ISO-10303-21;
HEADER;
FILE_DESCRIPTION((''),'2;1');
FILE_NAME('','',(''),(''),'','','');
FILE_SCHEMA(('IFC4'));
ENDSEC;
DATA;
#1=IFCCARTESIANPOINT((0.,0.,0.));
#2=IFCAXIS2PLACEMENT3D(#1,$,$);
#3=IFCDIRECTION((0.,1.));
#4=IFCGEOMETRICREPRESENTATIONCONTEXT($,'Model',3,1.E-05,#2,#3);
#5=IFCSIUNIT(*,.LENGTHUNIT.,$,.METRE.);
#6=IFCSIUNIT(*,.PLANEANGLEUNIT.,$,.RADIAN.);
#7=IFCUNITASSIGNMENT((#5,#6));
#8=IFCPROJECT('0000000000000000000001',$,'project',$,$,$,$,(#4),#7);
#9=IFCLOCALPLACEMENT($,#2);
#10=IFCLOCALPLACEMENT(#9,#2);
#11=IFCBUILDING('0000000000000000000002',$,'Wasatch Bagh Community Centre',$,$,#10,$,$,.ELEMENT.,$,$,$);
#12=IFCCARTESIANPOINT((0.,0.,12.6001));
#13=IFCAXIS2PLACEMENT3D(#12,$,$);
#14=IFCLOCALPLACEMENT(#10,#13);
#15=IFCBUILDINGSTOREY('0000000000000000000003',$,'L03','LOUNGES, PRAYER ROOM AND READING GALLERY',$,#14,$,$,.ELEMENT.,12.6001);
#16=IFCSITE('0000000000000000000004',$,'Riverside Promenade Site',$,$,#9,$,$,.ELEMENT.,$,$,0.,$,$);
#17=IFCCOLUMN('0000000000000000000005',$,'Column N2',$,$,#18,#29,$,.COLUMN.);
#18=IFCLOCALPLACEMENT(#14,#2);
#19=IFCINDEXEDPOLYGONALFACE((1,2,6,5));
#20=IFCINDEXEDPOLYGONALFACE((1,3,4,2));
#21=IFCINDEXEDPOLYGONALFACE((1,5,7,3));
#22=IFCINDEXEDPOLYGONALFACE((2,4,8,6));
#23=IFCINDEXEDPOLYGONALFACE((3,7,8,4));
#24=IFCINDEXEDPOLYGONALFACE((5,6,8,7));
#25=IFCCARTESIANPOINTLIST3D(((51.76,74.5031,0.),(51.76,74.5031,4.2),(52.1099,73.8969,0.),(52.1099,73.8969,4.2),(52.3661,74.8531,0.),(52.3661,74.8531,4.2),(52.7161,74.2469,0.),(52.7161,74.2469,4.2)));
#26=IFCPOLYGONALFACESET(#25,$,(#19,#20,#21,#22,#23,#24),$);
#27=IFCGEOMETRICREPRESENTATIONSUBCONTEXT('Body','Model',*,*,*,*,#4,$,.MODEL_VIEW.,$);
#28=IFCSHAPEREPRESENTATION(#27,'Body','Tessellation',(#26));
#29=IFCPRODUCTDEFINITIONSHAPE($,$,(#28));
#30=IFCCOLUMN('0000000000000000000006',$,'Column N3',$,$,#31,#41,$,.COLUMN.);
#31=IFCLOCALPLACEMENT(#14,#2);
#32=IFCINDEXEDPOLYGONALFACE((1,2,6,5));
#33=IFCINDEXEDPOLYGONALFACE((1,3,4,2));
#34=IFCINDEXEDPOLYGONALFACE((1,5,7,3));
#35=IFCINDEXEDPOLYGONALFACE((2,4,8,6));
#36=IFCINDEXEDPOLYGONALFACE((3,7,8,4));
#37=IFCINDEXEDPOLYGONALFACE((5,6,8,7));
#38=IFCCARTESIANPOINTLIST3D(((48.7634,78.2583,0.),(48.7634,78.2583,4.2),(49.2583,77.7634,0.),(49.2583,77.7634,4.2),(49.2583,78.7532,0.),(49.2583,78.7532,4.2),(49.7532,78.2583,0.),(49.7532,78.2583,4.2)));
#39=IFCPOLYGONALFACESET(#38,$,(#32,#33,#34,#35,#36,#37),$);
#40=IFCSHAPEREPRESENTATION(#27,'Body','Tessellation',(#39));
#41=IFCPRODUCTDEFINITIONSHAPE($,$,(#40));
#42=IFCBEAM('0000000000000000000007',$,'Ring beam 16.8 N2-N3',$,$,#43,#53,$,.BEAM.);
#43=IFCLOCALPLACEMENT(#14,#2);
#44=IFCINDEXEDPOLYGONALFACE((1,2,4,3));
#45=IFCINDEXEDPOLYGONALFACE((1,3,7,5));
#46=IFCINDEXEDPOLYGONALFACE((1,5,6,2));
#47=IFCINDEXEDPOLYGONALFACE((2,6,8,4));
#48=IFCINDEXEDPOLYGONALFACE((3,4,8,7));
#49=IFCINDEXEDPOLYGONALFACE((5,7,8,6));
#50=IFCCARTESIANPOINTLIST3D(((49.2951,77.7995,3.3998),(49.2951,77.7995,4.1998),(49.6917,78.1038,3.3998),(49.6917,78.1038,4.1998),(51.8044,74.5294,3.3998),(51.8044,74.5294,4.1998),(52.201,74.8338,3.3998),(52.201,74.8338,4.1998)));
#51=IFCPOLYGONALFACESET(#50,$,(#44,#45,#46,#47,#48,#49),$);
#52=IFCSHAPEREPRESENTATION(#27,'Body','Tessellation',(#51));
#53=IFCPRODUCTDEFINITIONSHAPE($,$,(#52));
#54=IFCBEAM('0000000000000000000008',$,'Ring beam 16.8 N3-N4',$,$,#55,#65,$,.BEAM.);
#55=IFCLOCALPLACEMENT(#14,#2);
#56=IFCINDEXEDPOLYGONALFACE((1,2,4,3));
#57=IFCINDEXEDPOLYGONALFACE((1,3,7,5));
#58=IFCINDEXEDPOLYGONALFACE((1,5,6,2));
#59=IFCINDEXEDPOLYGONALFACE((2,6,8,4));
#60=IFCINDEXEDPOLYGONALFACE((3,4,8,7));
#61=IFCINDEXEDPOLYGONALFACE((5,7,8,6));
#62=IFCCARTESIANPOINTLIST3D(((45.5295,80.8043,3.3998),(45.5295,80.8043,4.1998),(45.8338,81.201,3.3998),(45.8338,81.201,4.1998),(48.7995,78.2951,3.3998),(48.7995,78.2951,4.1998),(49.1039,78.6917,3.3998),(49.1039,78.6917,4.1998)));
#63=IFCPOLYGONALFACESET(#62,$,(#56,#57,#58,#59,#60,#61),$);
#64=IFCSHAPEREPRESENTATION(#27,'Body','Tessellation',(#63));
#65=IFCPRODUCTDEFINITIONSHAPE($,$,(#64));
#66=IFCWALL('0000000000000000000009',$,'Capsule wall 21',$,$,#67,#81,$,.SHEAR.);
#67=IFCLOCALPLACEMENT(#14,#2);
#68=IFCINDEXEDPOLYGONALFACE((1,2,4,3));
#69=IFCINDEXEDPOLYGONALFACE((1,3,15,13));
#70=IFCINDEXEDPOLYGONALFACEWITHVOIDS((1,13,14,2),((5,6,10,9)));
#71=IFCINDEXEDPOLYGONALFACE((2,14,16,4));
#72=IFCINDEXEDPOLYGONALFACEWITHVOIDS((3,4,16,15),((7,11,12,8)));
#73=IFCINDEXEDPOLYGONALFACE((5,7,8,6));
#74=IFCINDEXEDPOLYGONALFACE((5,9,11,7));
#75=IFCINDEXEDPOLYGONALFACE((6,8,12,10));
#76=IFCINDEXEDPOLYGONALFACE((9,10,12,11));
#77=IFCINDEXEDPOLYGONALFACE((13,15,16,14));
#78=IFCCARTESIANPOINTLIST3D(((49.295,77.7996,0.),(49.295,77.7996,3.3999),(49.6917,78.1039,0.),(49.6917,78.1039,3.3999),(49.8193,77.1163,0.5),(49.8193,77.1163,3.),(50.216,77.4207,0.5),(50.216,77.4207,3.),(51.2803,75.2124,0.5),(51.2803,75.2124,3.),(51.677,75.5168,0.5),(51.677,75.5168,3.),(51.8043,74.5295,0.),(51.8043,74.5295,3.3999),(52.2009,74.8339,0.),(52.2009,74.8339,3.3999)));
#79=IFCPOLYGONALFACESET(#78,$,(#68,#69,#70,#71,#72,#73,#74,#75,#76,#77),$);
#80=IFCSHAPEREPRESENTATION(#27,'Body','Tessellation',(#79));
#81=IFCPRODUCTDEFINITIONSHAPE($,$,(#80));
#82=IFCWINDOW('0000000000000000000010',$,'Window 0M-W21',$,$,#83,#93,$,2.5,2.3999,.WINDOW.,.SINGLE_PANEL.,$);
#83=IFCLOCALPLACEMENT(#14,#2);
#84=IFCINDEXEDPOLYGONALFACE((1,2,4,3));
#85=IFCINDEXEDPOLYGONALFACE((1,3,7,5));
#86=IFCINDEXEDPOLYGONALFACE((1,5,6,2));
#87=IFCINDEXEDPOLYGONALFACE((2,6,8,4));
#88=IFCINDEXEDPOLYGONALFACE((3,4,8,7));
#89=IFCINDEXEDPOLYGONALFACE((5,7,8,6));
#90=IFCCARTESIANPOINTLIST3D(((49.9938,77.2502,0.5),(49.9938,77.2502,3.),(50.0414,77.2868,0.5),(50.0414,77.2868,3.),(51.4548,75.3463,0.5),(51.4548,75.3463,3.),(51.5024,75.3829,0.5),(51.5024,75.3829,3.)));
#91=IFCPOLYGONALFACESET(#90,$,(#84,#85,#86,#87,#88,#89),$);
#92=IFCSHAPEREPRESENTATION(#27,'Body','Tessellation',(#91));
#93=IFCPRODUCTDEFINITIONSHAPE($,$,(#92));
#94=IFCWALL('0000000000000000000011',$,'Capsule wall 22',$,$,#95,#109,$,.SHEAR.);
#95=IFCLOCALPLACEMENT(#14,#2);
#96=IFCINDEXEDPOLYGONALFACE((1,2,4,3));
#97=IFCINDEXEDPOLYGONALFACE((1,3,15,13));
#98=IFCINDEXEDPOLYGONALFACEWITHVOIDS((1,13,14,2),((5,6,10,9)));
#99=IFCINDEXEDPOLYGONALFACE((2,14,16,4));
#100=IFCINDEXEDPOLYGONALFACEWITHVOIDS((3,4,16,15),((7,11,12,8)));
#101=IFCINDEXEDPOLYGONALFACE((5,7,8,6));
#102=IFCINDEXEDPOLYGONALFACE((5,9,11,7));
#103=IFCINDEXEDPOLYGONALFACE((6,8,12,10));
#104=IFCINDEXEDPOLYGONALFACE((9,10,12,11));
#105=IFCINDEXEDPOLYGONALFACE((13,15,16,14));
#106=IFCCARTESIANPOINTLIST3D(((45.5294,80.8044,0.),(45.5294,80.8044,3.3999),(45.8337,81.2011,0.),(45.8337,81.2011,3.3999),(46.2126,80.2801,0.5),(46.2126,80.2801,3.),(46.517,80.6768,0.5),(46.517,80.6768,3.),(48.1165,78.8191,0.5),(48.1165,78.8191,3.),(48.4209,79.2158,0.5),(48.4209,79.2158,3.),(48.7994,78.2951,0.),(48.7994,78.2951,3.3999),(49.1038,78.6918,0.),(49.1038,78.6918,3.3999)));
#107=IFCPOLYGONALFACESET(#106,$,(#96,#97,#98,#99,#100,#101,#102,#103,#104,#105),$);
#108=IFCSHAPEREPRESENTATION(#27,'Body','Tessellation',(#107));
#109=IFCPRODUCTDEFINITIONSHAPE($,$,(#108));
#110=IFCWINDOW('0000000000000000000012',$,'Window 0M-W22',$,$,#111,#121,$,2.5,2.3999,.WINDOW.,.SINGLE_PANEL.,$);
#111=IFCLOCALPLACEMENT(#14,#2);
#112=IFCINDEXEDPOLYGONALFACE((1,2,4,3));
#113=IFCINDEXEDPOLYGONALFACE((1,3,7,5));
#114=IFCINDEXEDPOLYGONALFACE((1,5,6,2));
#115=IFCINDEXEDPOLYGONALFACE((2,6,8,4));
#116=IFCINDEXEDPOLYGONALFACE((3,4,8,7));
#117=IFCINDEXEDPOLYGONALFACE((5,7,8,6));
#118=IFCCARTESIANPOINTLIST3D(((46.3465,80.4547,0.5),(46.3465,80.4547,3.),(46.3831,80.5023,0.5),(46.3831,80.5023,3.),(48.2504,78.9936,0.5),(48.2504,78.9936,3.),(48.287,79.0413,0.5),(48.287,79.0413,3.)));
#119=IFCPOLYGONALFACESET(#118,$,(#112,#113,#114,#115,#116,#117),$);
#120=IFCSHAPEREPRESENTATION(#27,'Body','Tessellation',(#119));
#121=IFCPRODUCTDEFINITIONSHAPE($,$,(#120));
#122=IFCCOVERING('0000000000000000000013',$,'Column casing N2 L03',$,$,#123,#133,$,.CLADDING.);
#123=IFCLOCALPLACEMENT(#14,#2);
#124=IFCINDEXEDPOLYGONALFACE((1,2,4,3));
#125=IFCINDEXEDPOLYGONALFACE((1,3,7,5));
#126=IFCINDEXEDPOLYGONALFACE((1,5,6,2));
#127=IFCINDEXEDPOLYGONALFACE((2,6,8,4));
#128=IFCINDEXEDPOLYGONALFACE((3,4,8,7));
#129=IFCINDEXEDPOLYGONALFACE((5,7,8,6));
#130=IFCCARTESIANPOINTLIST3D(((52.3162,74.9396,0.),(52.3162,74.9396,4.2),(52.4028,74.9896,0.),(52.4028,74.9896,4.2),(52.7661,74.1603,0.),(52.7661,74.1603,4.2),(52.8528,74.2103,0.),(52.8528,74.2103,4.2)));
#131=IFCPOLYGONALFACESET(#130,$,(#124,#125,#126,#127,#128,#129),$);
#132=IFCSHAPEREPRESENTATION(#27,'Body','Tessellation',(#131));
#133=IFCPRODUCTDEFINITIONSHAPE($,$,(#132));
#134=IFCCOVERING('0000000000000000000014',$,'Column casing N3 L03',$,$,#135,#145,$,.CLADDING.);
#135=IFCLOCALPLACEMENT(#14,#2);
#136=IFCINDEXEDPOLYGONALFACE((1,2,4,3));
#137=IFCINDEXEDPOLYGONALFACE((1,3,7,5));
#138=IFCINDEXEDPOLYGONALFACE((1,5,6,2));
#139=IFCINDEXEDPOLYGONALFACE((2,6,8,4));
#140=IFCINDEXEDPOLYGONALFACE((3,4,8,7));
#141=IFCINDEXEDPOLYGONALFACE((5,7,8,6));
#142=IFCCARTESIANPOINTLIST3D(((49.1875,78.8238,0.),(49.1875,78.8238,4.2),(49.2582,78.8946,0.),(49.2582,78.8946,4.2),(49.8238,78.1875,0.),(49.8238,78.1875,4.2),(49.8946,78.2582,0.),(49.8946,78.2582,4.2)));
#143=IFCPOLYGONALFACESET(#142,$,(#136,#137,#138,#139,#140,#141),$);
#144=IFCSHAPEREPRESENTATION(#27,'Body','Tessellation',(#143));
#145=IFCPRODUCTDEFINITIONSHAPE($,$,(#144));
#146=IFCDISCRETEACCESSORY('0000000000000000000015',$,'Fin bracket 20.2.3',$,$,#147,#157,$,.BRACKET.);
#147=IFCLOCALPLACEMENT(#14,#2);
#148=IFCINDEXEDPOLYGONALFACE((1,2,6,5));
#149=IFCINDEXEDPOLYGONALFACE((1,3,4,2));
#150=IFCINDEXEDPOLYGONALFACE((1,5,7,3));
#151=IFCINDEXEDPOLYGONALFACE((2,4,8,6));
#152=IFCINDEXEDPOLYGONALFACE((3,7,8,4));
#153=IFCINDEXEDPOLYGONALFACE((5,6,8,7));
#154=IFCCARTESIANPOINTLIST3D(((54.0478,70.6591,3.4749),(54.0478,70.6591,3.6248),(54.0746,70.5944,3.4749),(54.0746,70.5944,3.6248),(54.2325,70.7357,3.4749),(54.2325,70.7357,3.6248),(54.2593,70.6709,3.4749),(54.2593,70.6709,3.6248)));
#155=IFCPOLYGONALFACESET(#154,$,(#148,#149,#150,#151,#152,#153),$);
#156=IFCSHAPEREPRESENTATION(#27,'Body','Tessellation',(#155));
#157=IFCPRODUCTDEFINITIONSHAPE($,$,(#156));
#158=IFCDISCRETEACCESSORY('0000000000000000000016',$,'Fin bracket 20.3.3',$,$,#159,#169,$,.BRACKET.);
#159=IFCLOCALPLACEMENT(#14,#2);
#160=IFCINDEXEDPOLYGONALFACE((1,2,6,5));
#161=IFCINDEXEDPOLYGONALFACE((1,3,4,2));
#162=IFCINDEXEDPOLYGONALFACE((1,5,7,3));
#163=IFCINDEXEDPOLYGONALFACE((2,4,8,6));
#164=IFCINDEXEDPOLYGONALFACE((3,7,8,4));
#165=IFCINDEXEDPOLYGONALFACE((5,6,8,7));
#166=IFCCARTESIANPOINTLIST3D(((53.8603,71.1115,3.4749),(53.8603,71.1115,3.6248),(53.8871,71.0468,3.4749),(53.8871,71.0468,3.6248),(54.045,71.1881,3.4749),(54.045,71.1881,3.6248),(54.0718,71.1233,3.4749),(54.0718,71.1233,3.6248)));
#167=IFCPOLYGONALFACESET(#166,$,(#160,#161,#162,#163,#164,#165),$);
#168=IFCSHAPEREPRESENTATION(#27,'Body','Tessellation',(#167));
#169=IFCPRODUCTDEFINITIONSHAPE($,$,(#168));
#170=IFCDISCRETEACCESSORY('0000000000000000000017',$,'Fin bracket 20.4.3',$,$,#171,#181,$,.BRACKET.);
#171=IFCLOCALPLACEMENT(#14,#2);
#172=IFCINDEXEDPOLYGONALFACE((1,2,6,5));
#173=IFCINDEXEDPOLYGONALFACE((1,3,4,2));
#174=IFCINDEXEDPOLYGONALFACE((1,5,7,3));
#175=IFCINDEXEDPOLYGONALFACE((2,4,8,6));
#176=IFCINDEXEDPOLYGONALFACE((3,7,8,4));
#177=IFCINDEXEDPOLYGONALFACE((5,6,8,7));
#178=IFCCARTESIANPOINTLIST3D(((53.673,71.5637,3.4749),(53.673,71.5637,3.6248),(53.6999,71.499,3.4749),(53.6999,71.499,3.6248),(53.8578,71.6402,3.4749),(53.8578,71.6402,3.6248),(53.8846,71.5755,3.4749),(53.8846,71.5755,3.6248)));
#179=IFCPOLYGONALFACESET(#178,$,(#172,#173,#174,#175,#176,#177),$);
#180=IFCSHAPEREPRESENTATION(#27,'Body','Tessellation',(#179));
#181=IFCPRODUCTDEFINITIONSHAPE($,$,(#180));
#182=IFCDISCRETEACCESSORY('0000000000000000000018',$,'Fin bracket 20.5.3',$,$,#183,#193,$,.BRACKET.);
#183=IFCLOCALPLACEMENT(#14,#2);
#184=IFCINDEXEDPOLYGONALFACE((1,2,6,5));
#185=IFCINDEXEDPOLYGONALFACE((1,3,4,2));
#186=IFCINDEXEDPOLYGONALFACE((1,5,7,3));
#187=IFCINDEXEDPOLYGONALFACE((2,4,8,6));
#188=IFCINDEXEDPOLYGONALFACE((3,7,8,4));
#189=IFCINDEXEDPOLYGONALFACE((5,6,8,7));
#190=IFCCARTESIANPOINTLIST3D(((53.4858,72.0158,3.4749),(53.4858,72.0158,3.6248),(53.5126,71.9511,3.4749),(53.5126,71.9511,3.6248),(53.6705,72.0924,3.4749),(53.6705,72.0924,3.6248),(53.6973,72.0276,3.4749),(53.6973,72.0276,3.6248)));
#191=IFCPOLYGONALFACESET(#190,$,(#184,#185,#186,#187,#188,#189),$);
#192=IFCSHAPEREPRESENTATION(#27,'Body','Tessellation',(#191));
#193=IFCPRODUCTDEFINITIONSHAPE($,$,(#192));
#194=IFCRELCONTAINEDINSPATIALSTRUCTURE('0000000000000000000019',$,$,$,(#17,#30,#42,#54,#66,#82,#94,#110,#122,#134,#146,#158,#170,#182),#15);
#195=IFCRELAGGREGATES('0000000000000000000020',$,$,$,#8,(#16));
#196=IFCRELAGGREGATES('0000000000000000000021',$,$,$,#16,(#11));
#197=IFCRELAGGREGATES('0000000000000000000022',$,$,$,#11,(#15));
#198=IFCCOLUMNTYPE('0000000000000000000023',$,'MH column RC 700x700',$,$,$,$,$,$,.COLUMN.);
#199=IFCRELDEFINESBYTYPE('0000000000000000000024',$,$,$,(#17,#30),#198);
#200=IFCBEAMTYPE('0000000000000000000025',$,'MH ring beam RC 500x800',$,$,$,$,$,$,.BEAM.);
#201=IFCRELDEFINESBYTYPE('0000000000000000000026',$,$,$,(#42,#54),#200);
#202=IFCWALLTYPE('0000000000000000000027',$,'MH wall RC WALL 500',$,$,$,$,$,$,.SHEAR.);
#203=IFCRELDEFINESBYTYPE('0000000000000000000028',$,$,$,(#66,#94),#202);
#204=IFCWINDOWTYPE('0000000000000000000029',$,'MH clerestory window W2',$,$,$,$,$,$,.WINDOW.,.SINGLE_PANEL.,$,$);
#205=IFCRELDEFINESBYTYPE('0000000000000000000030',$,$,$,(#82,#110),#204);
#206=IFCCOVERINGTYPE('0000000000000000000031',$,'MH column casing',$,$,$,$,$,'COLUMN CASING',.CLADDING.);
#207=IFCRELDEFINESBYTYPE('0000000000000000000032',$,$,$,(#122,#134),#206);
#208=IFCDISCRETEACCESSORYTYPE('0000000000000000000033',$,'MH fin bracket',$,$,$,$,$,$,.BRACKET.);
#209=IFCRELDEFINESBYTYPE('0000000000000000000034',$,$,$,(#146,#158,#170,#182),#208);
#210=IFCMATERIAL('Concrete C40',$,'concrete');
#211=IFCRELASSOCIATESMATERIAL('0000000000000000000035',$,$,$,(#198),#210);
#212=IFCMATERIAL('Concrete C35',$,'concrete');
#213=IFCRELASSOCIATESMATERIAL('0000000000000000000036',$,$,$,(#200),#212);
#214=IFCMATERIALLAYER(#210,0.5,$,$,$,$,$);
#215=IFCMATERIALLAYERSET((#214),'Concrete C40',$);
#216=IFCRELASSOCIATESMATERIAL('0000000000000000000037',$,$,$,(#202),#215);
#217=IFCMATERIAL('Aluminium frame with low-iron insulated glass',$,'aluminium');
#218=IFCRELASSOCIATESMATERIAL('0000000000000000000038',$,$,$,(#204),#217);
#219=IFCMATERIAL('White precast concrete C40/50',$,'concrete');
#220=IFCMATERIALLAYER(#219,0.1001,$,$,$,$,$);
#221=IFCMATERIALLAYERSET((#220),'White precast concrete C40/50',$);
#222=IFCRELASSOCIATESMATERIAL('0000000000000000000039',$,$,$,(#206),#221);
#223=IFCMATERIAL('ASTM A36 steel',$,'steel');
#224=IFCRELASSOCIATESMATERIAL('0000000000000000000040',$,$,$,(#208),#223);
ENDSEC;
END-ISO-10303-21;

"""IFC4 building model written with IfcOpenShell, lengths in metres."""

from ifc_helpers import new_model, si_unit, direction, frame, frame_2d, origin, origin_2d, place, context, subcontext, project, spatial, rectangle, extrude, material, layer, layer_set, material_profile, profile_set, type_object, element, fill, save


model = new_model("IFC4")

# Units and contexts
model_context = context("Model", 3, precision=1e-05, world=origin(), true_north=direction((0.0, 1.0)))
body_context = subcontext(model_context, "Body", "Model", "MODEL_VIEW")
ifc_project = project(units=[si_unit("LENGTHUNIT", "METRE"), si_unit("PLANEANGLEUNIT", "RADIAN")], contexts=[model_context])

# Site, building, storey
site_placement = place(None, origin())
site = spatial("IfcSite", under=ifc_project, at=site_placement, Name="Riverside Promenade Site", CompositionType="ELEMENT", RefElevation=0.0)
building_placement = place(site_placement, origin())
building = spatial("IfcBuilding", under=site, at=building_placement, Name="Wasatch Bagh Community Centre", CompositionType="ELEMENT")
storey_placement = place(building_placement, frame((0.0, 0.0, 12.6001)))
storey = spatial("IfcBuildingStorey", under=building, at=storey_placement, Name="L03", Description="LOUNGES, PRAYER ROOM AND READING GALLERY", CompositionType="ELEMENT", Elevation=12.6001)

# Columns
ifc_material_1 = material(Name="Concrete C40", Category="concrete")
ifc_material_profile_1 = material_profile(ifc_material_1, rectangle(XDim=0.7, YDim=0.7, at=origin_2d()), Name="RC 700x700")
ifc_profile_set_1 = profile_set([ifc_material_profile_1], Name="Concrete C40")
column_type = type_object("IfcColumnType", Name="MH column RC 700x700", PredefinedType="COLUMN", material=ifc_profile_set_1)
for number, where, z_axis, x_axis, name in (
    (1, (52.238, 74.375, 0.0), (0.0, 0.0, 1.0), (0.866025, 0.5, 0.0), "Column N2"),
    (2, (49.2583, 78.2583, 0.0), (0.0, 0.0, 1.0), (0.707107, 0.707107, 0.0), "Column N3"),
):
    element("IfcColumn", number, at=place(storey_placement, frame(where, z_axis=z_axis, x_axis=x_axis)), inside=storey, type_object=column_type, Name=name, PredefinedType="COLUMN", context=body_context, shape_type="SweptSolid", body=[
        extrude(rectangle(XDim=0.7, YDim=0.7, at=origin_2d()), origin(), (0.0, 0.0, 1.0), 4.2),
    ])

# Beams
ifc_material_2 = material(Name="Concrete C35", Category="concrete")
ifc_material_profile_2 = material_profile(ifc_material_2, rectangle(XDim=0.5, YDim=0.8, at=origin_2d()), Name="RC 500x800")
ifc_profile_set_2 = profile_set([ifc_material_profile_2], Name="Concrete C35")
beam_type = type_object("IfcBeamType", Name="MH ring beam RC 500x800", PredefinedType="BEAM", material=ifc_profile_set_2)
for number, where, z_axis, x_axis, name in (
    (3, (52.0027, 74.6816, 3.7998), (-0.608777, 0.793341, 0.0), (-0.793341, -0.608777, 0.0), "Ring beam 16.8 N2-N3"),
    (4, (48.9517, 78.4934, 3.7998), (-0.793341, 0.608777, 0.0), (-0.608777, -0.793341, 0.0), "Ring beam 16.8 N3-N4"),
):
    element("IfcBeam", number, at=place(storey_placement, frame(where, z_axis=z_axis, x_axis=x_axis)), inside=storey, type_object=beam_type, Name=name, PredefinedType="BEAM", context=body_context, shape_type="SweptSolid", body=[
        extrude(rectangle(XDim=0.5, YDim=0.8, at=origin_2d()), origin(), (0.0, 0.0, 1.0), 4.1218),
    ])

# Walls, openings, windows
ifc_layer_1 = layer(ifc_material_1, 0.5)
ifc_layer_set_1 = layer_set([ifc_layer_1], Name="Concrete C40")
wall_type = type_object("IfcWallType", Name="MH wall RC WALL 500", PredefinedType="SHEAR", material=ifc_layer_set_1)
wall_1_placement = place(storey_placement, frame((52.0027, 74.6816, 0.0), z_axis=(0.0, 0.0, 1.0), x_axis=(-0.608777, 0.793341, 0.0)))
wall_1 = element("IfcWall", 5, at=wall_1_placement, inside=storey, type_object=wall_type, Name="Capsule wall 21", PredefinedType="SHEAR", context=body_context, shape_type="SweptSolid", body=[
    extrude(rectangle(XDim=4.1218, YDim=0.5, at=frame_2d((2.061, 0.0))), origin(), (0.0, 0.0, 1.0), 3.3999),
])
opening_1_placement = place(wall_1_placement, frame((0.8608, 0.0, 0.5)))
opening_1 = element("IfcOpeningElement", 6, at=opening_1_placement, cuts=wall_1, PredefinedType="OPENING", context=body_context, shape_type="SweptSolid", body=[
    extrude(rectangle(XDim=2.3999, YDim=2.5, at=frame_2d((1.2, 1.25))), frame((0.0, 0.26, 0.0), z_axis=(0.0, -1.0, 0.0), x_axis=(1.0, 0.0, 0.0)), (0.0, 0.0, 1.0), 0.52),
])
ifc_material_3 = material(Name="Aluminium frame with low-iron insulated glass", Category="aluminium")
window_type = type_object("IfcWindowType", Name="MH clerestory window W2", PartitioningType="SINGLE_PANEL", PredefinedType="WINDOW", material=ifc_material_3)
window_1_placement = place(opening_1_placement, origin())
window_1 = element("IfcWindow", 7, at=window_1_placement, inside=storey, type_object=window_type, Name="Window 0M-W21", OverallHeight=2.5, OverallWidth=2.3999, PartitioningType="SINGLE_PANEL", PredefinedType="WINDOW", context=body_context, shape_type="SweptSolid", body=[
    extrude(rectangle(XDim=2.3999, YDim=2.5, at=frame_2d((1.2, 1.25))), frame((0.0, 0.03, 0.0), z_axis=(0.0, -1.0, 0.0), x_axis=(1.0, 0.0, 0.0)), (0.0, 0.0, 1.0), 0.0601),
])
fill(opening_1, window_1)
wall_2_placement = place(storey_placement, frame((48.9517, 78.4934, 0.0), z_axis=(0.0, 0.0, 1.0), x_axis=(-0.793341, 0.608777, 0.0)))
wall_2 = element("IfcWall", 8, at=wall_2_placement, inside=storey, type_object=wall_type, Name="Capsule wall 22", PredefinedType="SHEAR", context=body_context, shape_type="SweptSolid", body=[
    extrude(rectangle(XDim=4.1218, YDim=0.5, at=frame_2d((2.061, 0.0))), origin(), (0.0, 0.0, 1.0), 3.3999),
])
opening_2_placement = place(wall_2_placement, frame((0.8608, 0.0, 0.5)))
opening_2 = element("IfcOpeningElement", 9, at=opening_2_placement, cuts=wall_2, PredefinedType="OPENING", context=body_context, shape_type="SweptSolid", body=[
    extrude(rectangle(XDim=2.3999, YDim=2.5, at=frame_2d((1.2, 1.25))), frame((0.0, 0.26, 0.0), z_axis=(0.0, -1.0, 0.0), x_axis=(1.0, 0.0, 0.0)), (0.0, 0.0, 1.0), 0.52),
])
window_2_placement = place(opening_2_placement, origin())
window_2 = element("IfcWindow", 10, at=window_2_placement, inside=storey, type_object=window_type, Name="Window 0M-W22", OverallHeight=2.5, OverallWidth=2.3999, PartitioningType="SINGLE_PANEL", PredefinedType="WINDOW", context=body_context, shape_type="SweptSolid", body=[
    extrude(rectangle(XDim=2.3999, YDim=2.5, at=frame_2d((1.2, 1.25))), frame((0.0, 0.03, 0.0), z_axis=(0.0, -1.0, 0.0), x_axis=(1.0, 0.0, 0.0)), (0.0, 0.0, 1.0), 0.0601),
])
fill(opening_2, window_2)

# Coverings
ifc_material_4 = material(Name="White precast concrete C40/50", Category="concrete")
ifc_layer_2 = layer(ifc_material_4, 0.1001)
ifc_layer_set_2 = layer_set([ifc_layer_2], Name="White precast concrete C40/50")
covering_type = type_object("IfcCoveringType", Name="MH column casing", ElementType="COLUMN CASING", PredefinedType="CLADDING", material=ifc_layer_set_2)
for number, where, z_axis, x_axis, name in (
    (11, (52.5845, 74.575, 0.0), (0.0, 0.0, 1.0), (-0.5, 0.866025, 0.0), "Column casing N2 L03"),
    (12, (49.541, 78.541, 0.0), (0.0, 0.0, 1.0), (-0.707107, 0.707107, 0.0), "Column casing N3 L03"),
):
    element("IfcCovering", number, at=place(storey_placement, frame(where, z_axis=z_axis, x_axis=x_axis)), inside=storey, type_object=covering_type, Name=name, PredefinedType="CLADDING", context=body_context, shape_type="SweptSolid", body=[
        extrude(rectangle(XDim=0.8999, YDim=0.1001, at=origin_2d()), origin(), (0.0, 0.0, 1.0), 4.2),
    ])

# Discrete accessories
ifc_material_5 = material(Name="ASTM A36 steel", Category="steel")
discrete_accessory_type = type_object("IfcDiscreteAccessoryType", Name="MH fin bracket", PredefinedType="BRACKET", material=ifc_material_5)
for number, where, z_axis, x_axis, name in (
    (13, (54.1536, 70.665, 3.4749), (0.0, 0.0, 1.0), (-0.382683, 0.92388, 0.0), "Fin bracket 20.2.3"),
    (14, (53.9661, 71.1174, 3.4749), (0.0, 0.0, 1.0), (-0.382683, 0.92388, 0.0), "Fin bracket 20.3.3"),
    (15, (53.7788, 71.5696, 3.4749), (0.0, 0.0, 1.0), (-0.382683, 0.92388, 0.0), "Fin bracket 20.4.3"),
    (16, (53.5916, 72.0217, 3.4749), (0.0, 0.0, 1.0), (-0.382683, 0.92388, 0.0), "Fin bracket 20.5.3"),
):
    element("IfcDiscreteAccessory", number, at=place(storey_placement, frame(where, z_axis=z_axis, x_axis=x_axis)), inside=storey, type_object=discrete_accessory_type, Name=name, PredefinedType="BRACKET", context=body_context, shape_type="SweptSolid", body=[
        extrude(rectangle(XDim=0.0701, YDim=0.2, at=origin_2d()), origin(), (0.0, 0.0, 1.0), 0.1499),
    ])

save(model, "model.ifc")
